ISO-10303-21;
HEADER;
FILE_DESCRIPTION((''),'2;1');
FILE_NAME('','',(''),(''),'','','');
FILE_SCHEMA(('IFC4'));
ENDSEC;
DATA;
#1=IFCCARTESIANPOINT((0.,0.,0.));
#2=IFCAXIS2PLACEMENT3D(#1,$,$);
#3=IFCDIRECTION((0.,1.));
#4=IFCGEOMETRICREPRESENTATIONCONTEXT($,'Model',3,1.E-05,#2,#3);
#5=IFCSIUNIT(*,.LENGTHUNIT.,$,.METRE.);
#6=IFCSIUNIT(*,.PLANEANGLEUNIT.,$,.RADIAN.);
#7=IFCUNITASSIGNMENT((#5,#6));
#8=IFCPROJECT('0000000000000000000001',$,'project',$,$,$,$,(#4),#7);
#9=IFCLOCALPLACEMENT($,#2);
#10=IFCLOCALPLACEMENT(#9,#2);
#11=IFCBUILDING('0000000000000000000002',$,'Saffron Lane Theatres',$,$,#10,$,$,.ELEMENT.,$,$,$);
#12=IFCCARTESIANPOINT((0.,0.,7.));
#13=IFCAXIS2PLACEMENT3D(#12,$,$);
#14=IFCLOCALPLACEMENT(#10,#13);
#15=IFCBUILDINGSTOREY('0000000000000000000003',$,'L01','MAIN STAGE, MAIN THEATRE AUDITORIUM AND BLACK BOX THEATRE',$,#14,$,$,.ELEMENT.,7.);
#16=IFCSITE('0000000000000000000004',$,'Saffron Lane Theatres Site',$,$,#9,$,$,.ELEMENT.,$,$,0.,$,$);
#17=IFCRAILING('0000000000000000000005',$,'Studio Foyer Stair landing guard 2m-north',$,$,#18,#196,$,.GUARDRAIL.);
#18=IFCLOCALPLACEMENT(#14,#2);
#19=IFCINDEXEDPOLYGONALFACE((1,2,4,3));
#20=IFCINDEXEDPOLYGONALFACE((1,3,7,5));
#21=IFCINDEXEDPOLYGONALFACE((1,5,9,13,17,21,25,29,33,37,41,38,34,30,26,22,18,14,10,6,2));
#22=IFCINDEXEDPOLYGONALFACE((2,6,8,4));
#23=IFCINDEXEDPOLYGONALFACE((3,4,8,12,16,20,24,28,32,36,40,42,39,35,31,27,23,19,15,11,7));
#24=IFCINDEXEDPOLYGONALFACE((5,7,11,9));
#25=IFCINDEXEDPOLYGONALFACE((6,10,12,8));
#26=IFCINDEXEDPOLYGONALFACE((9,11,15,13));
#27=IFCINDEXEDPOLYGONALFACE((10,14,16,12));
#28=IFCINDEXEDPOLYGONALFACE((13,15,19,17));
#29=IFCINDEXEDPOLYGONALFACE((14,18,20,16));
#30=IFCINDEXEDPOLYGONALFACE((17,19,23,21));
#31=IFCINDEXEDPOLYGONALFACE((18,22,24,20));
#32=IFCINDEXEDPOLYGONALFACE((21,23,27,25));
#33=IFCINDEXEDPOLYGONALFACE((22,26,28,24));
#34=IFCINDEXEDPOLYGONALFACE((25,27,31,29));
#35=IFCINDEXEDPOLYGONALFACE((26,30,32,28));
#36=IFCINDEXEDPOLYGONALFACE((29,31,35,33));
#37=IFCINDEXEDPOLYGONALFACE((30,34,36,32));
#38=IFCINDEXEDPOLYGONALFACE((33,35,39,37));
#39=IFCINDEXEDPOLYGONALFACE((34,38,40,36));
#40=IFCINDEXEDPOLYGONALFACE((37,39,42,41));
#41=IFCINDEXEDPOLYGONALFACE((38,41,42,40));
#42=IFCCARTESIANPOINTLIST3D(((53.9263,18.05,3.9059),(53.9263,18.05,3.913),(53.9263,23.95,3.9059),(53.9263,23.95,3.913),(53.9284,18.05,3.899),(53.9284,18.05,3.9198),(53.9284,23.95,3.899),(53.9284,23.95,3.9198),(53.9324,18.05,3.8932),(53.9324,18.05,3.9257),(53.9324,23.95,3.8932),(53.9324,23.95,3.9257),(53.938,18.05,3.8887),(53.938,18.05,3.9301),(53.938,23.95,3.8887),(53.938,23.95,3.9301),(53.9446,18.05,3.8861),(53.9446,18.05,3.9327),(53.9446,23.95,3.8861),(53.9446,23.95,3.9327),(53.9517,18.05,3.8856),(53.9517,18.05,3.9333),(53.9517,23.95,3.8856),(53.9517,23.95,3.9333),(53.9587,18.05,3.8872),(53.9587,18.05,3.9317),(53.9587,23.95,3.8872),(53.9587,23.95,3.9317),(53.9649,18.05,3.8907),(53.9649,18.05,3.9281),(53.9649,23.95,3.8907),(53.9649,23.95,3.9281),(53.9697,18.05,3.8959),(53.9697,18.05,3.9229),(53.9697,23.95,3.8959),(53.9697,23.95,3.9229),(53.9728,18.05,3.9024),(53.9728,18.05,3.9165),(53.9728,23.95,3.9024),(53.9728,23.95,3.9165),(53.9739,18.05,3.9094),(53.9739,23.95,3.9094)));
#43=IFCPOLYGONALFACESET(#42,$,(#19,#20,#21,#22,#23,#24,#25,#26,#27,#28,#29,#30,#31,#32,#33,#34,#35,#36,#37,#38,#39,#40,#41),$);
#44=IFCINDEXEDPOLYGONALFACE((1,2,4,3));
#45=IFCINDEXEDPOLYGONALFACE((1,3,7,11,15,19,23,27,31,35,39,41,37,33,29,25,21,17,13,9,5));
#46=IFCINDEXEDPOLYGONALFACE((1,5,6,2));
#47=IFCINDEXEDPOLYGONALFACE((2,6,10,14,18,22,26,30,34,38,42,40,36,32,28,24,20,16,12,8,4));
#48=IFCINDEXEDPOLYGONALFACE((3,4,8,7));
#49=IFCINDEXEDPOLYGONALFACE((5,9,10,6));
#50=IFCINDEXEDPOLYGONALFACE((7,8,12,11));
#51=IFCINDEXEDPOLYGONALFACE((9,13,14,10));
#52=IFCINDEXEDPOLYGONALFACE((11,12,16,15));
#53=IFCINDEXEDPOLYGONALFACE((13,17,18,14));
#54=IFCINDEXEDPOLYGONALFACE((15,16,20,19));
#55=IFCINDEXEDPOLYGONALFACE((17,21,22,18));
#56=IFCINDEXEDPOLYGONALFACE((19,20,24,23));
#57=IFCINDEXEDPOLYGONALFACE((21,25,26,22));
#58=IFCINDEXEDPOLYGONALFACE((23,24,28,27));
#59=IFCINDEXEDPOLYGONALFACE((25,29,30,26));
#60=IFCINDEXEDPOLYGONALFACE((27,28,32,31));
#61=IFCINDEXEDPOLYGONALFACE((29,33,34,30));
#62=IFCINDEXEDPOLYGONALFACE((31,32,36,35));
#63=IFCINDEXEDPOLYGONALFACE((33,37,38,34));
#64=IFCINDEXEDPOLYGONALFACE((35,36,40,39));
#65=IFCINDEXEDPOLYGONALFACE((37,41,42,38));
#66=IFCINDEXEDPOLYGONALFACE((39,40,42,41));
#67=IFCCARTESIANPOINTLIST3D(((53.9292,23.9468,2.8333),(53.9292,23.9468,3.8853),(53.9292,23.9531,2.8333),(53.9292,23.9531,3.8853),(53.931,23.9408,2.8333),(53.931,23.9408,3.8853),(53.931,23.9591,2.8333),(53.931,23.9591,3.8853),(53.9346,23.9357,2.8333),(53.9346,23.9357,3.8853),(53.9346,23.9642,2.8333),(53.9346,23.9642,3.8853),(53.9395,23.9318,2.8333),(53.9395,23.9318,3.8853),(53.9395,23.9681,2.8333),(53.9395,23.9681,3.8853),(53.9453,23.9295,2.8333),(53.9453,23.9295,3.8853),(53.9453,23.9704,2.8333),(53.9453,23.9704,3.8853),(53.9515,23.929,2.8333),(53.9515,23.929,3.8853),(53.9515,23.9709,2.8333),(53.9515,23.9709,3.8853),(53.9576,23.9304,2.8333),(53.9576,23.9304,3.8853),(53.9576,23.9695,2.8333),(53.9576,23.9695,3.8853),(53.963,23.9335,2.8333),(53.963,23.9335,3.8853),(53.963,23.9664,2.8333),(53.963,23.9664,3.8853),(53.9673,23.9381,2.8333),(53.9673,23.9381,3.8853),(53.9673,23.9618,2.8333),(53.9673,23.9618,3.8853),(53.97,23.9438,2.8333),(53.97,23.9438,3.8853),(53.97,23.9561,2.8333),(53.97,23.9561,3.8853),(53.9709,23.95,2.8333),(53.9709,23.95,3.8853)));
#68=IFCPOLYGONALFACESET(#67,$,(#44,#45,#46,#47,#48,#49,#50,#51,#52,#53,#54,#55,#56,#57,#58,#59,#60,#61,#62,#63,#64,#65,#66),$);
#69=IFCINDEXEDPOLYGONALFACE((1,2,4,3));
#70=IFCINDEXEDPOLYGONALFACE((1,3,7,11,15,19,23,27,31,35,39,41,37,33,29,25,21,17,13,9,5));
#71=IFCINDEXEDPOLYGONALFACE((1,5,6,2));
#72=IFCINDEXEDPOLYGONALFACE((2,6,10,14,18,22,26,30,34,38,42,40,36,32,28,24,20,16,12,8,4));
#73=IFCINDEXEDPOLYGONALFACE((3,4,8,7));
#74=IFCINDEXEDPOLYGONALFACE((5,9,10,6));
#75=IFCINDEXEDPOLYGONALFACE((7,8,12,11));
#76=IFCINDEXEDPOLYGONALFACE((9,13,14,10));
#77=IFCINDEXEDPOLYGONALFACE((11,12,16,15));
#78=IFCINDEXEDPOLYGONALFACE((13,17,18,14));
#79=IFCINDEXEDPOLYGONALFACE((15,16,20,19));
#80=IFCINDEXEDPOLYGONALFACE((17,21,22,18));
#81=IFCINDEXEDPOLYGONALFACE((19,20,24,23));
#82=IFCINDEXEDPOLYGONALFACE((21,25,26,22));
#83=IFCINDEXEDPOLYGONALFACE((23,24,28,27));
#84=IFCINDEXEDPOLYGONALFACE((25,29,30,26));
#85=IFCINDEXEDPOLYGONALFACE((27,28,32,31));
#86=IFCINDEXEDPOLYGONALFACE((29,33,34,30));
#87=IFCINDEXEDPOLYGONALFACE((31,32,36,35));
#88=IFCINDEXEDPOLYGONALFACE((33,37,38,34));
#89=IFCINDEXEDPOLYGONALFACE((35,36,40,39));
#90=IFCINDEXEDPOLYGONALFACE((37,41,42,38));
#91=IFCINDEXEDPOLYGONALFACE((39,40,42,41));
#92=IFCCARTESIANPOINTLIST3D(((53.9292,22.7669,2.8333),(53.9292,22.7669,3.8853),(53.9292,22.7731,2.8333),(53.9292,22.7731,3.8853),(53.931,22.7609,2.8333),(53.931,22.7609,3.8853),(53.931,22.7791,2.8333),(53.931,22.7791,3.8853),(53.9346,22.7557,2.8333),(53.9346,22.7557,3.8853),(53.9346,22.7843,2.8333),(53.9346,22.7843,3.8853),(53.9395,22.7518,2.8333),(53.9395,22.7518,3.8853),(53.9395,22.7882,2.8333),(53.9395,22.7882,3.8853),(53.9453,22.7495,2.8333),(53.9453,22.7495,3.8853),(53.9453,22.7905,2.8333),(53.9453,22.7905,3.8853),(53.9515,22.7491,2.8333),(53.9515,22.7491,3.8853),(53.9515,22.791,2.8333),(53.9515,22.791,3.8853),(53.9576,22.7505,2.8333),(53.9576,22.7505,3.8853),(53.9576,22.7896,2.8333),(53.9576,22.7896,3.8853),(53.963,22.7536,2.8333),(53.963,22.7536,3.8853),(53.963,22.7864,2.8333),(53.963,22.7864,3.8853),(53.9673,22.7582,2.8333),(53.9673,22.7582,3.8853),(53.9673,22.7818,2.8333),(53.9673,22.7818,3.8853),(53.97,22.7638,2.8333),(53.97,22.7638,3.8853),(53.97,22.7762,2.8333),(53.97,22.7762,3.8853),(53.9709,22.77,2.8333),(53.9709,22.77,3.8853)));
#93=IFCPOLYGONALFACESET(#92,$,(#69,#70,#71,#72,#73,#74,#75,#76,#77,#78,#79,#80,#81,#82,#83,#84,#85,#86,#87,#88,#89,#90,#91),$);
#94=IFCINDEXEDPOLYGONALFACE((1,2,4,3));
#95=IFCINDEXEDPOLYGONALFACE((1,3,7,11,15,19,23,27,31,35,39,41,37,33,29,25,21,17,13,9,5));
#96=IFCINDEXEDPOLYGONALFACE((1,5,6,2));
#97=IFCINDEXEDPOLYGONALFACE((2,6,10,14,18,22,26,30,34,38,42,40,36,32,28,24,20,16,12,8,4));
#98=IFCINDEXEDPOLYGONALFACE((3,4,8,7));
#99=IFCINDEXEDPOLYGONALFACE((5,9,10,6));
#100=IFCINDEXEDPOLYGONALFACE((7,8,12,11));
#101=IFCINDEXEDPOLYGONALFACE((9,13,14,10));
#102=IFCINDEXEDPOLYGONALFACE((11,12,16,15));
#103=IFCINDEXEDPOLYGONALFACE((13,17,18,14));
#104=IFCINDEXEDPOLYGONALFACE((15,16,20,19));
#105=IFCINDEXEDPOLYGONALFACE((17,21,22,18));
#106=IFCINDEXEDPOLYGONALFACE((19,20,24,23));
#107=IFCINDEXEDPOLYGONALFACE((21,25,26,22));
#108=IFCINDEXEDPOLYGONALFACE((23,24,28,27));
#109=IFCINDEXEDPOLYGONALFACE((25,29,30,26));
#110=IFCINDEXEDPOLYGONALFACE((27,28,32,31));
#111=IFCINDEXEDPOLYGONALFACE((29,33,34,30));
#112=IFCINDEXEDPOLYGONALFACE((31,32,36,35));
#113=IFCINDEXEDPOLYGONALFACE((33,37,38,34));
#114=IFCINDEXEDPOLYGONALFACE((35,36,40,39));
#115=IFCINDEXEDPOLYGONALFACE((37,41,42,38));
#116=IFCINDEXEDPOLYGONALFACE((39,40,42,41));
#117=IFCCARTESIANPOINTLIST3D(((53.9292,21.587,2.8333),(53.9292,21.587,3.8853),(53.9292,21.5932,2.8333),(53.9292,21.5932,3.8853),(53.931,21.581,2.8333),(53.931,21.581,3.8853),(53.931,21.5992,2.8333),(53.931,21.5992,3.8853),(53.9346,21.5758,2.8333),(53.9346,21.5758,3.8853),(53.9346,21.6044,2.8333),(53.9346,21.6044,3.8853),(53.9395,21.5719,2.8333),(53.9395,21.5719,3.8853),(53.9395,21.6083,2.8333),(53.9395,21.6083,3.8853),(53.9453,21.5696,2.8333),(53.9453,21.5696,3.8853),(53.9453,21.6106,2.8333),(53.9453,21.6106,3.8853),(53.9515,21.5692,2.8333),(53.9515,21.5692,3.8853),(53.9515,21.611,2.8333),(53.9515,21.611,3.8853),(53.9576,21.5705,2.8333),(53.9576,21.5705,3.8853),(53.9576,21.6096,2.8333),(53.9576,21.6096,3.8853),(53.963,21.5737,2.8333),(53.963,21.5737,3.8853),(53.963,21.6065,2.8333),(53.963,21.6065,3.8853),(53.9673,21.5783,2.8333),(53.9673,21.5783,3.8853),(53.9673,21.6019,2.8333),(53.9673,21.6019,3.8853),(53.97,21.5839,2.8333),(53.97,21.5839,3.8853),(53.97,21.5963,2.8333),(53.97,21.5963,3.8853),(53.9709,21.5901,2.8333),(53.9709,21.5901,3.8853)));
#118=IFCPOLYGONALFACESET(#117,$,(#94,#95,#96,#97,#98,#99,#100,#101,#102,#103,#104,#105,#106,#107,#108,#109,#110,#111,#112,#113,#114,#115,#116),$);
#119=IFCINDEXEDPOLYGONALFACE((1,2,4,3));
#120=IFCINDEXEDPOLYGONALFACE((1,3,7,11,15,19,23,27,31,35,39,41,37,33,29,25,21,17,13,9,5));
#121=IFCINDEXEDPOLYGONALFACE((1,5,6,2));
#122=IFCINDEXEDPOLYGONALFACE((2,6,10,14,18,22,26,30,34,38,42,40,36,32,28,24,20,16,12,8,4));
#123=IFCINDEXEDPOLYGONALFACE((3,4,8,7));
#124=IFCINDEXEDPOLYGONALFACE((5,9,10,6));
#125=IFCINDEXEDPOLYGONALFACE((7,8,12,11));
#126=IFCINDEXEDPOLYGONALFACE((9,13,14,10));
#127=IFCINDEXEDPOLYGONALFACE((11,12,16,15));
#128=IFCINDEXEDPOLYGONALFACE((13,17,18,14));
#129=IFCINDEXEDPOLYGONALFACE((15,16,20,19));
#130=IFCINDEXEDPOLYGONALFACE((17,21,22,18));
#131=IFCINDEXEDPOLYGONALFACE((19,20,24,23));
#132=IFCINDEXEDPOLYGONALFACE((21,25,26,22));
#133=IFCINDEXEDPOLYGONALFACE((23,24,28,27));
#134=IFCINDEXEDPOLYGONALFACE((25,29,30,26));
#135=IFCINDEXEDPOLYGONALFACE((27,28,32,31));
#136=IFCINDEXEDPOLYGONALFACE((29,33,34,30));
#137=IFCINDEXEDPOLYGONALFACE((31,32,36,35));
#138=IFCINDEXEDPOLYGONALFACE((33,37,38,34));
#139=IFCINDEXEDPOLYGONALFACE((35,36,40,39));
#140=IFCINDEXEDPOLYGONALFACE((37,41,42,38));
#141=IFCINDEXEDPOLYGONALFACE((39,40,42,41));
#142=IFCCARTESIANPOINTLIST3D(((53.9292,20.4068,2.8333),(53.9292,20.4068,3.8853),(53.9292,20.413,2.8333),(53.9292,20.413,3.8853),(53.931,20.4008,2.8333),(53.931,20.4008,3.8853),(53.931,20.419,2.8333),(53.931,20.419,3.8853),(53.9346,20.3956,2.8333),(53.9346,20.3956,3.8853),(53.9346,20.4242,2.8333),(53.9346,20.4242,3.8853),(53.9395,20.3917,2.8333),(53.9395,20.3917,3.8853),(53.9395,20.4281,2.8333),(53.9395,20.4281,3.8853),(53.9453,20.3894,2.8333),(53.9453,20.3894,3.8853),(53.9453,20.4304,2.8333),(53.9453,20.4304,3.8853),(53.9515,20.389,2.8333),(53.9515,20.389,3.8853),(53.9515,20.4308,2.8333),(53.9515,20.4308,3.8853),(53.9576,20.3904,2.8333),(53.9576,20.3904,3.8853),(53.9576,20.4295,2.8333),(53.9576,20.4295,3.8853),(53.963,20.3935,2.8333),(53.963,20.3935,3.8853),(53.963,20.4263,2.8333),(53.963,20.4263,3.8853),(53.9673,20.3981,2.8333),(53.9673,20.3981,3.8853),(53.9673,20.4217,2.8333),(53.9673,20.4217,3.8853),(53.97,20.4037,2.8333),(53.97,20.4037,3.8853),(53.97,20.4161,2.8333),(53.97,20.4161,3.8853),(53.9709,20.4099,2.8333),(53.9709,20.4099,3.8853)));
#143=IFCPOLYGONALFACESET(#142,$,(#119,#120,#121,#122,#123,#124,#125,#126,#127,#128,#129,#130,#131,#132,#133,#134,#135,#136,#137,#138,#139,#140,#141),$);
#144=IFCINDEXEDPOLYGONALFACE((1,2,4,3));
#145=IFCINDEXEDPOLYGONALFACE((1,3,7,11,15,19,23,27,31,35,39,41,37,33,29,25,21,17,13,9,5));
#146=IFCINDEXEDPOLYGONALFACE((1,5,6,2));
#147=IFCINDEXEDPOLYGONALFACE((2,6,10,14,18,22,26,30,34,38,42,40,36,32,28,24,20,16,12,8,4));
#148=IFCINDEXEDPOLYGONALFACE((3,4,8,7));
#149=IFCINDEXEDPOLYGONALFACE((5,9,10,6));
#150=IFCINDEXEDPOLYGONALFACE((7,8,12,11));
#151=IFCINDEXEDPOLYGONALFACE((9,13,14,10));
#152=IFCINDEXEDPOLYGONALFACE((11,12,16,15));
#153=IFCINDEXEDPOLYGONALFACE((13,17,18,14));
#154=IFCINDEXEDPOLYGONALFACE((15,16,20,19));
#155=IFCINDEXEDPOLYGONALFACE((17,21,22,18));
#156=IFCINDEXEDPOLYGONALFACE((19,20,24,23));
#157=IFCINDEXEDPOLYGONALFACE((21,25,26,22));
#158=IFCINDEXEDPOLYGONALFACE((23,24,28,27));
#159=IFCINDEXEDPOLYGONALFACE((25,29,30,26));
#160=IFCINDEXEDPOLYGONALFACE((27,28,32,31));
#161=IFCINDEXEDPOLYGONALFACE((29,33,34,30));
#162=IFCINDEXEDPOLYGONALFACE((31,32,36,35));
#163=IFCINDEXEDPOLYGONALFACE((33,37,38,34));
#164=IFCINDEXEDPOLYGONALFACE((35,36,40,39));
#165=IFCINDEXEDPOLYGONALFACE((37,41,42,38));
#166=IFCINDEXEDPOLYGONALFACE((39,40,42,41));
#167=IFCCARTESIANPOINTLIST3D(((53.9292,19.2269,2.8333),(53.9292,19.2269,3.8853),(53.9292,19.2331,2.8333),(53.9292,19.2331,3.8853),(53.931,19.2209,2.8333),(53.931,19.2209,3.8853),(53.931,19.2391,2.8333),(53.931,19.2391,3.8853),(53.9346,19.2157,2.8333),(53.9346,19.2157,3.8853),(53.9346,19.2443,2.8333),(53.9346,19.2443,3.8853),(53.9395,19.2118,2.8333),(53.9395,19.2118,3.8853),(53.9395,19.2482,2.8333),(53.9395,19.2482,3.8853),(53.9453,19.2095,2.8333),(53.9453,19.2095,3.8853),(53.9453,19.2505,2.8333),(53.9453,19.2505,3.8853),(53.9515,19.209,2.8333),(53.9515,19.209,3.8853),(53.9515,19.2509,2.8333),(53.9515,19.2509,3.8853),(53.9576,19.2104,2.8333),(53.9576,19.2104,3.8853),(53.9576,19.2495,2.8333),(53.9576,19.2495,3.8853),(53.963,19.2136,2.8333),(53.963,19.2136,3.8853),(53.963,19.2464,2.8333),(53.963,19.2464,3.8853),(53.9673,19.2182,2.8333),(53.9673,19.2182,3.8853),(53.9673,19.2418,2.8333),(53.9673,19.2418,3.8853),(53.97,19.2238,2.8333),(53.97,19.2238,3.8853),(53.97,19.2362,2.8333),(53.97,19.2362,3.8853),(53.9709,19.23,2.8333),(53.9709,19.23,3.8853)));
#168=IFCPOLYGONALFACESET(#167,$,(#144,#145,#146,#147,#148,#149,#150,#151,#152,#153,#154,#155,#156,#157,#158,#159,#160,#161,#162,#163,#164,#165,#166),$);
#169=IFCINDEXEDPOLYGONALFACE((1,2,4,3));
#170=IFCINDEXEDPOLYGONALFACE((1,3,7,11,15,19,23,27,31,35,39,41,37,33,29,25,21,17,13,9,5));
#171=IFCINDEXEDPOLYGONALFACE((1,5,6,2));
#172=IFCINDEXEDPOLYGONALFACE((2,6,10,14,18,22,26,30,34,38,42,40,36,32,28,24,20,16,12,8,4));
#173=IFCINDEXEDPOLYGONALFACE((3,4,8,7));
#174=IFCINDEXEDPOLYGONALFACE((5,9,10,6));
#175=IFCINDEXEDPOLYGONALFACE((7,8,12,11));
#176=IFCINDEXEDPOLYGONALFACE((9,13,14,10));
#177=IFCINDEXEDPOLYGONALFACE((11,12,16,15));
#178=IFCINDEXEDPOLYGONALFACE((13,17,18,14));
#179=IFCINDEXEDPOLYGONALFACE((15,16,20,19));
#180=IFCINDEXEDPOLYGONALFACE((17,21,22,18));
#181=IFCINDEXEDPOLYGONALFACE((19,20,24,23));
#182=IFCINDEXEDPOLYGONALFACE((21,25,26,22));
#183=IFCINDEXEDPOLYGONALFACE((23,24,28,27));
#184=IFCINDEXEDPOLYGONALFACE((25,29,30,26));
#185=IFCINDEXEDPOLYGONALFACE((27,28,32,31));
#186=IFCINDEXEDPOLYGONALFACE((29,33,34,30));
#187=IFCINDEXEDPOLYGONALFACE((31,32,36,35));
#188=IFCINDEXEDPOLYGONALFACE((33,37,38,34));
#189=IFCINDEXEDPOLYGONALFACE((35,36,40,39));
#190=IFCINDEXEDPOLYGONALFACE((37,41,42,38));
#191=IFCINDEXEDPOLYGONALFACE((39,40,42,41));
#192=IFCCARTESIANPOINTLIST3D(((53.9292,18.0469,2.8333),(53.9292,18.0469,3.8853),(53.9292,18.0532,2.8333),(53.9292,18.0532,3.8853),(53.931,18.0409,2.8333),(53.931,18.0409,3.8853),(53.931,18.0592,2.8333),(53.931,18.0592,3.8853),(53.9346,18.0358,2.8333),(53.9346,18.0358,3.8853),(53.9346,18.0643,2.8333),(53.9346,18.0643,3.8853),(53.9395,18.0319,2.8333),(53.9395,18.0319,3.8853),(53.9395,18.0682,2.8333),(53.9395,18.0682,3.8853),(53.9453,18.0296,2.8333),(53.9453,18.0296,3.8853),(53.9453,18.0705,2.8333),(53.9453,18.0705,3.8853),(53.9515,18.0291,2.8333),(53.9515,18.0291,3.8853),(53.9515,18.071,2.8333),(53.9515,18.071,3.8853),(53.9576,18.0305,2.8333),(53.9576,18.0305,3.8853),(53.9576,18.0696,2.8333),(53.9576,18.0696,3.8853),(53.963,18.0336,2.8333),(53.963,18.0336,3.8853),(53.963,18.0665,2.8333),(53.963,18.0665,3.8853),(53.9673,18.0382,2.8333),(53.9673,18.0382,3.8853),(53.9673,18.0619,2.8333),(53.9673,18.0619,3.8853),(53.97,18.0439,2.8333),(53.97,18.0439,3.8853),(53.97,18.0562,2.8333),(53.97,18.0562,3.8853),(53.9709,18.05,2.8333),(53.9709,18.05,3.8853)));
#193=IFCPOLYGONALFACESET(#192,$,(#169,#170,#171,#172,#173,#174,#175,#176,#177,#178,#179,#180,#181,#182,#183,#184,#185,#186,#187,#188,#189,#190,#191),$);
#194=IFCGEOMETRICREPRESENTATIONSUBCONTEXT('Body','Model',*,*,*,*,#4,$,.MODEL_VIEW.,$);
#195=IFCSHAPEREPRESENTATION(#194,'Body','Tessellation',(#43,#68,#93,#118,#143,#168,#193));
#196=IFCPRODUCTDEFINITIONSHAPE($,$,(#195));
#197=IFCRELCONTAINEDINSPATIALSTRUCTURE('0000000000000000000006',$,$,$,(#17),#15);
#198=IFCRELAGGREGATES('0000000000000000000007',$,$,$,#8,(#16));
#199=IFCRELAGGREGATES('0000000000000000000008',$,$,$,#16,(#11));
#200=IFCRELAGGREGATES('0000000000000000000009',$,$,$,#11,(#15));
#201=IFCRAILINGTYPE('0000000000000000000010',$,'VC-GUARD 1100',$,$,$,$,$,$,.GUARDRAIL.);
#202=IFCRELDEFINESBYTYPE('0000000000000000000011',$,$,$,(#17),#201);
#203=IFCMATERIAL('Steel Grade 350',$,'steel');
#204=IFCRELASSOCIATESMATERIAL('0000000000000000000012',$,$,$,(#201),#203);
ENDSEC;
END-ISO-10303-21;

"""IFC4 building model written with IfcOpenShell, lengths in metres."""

from ifc_helpers import new_model, si_unit, direction, frame, origin, origin_2d, place, context, subcontext, project, spatial, circle, extrude, material, type_object, element, save


model = new_model("IFC4")

# Units and contexts
model_context = context("Model", 3, precision=1e-05, world=origin(), true_north=direction((0.0, 1.0)))
body_context = subcontext(model_context, "Body", "Model", "MODEL_VIEW")
ifc_project = project(units=[si_unit("LENGTHUNIT", "METRE"), si_unit("PLANEANGLEUNIT", "RADIAN")], contexts=[model_context])

# Site, building, storey
site_placement = place(None, origin())
site = spatial("IfcSite", under=ifc_project, at=site_placement, Name="Saffron Lane Theatres Site", CompositionType="ELEMENT", RefElevation=0.0)
building_placement = place(site_placement, origin())
building = spatial("IfcBuilding", under=site, at=building_placement, Name="Saffron Lane Theatres", CompositionType="ELEMENT")
storey_placement = place(building_placement, frame((0.0, 0.0, 7.0)))
storey = spatial("IfcBuildingStorey", under=building, at=storey_placement, Name="L01", Description="MAIN STAGE, MAIN THEATRE AUDITORIUM AND BLACK BOX THEATRE", CompositionType="ELEMENT", Elevation=7.0)

# Railing
ifc_material_1 = material(Name="Steel Grade 350", Category="steel")
railing_type_1 = type_object("IfcRailingType", Name="VC-GUARD 1100", PredefinedType="GUARDRAIL", material=ifc_material_1)
railing_1_placement = place(storey_placement, frame((53.95, 23.95, 2.8333)))
element("IfcRailing", 1, at=railing_1_placement, inside=storey, type_object=railing_type_1, Name="Studio Foyer Stair landing guard 2m-north", PredefinedType="GUARDRAIL", context=body_context, shape_type="SweptSolid", body=[
    extrude(circle(Radius=0.0239, at=origin_2d()), frame((0.0, 0.0, 1.0762), z_axis=(0.0, -1.0, 0.0), x_axis=(1.0, 0.0, 0.0)), (0.0, 0.0, 1.0), 5.8999),
    extrude(circle(Radius=0.021, at=origin_2d()), origin(), (0.0, 0.0, 1.0), 1.052),
    extrude(circle(Radius=0.021, at=origin_2d()), frame((0.0, -1.1799, 0.0)), (0.0, 0.0, 1.0), 1.052),
    extrude(circle(Radius=0.021, at=origin_2d()), frame((0.0, -2.3599, 0.0)), (0.0, 0.0, 1.0), 1.052),
    extrude(circle(Radius=0.021, at=origin_2d()), frame((0.0, -3.54, 0.0)), (0.0, 0.0, 1.0), 1.052),
    extrude(circle(Radius=0.021, at=origin_2d()), frame((0.0, -4.72, 0.0)), (0.0, 0.0, 1.0), 1.052),
    extrude(circle(Radius=0.021, at=origin_2d()), frame((0.0, -5.8999, 0.0)), (0.0, 0.0, 1.0), 1.052),
])

save(model, "model.ifc")
